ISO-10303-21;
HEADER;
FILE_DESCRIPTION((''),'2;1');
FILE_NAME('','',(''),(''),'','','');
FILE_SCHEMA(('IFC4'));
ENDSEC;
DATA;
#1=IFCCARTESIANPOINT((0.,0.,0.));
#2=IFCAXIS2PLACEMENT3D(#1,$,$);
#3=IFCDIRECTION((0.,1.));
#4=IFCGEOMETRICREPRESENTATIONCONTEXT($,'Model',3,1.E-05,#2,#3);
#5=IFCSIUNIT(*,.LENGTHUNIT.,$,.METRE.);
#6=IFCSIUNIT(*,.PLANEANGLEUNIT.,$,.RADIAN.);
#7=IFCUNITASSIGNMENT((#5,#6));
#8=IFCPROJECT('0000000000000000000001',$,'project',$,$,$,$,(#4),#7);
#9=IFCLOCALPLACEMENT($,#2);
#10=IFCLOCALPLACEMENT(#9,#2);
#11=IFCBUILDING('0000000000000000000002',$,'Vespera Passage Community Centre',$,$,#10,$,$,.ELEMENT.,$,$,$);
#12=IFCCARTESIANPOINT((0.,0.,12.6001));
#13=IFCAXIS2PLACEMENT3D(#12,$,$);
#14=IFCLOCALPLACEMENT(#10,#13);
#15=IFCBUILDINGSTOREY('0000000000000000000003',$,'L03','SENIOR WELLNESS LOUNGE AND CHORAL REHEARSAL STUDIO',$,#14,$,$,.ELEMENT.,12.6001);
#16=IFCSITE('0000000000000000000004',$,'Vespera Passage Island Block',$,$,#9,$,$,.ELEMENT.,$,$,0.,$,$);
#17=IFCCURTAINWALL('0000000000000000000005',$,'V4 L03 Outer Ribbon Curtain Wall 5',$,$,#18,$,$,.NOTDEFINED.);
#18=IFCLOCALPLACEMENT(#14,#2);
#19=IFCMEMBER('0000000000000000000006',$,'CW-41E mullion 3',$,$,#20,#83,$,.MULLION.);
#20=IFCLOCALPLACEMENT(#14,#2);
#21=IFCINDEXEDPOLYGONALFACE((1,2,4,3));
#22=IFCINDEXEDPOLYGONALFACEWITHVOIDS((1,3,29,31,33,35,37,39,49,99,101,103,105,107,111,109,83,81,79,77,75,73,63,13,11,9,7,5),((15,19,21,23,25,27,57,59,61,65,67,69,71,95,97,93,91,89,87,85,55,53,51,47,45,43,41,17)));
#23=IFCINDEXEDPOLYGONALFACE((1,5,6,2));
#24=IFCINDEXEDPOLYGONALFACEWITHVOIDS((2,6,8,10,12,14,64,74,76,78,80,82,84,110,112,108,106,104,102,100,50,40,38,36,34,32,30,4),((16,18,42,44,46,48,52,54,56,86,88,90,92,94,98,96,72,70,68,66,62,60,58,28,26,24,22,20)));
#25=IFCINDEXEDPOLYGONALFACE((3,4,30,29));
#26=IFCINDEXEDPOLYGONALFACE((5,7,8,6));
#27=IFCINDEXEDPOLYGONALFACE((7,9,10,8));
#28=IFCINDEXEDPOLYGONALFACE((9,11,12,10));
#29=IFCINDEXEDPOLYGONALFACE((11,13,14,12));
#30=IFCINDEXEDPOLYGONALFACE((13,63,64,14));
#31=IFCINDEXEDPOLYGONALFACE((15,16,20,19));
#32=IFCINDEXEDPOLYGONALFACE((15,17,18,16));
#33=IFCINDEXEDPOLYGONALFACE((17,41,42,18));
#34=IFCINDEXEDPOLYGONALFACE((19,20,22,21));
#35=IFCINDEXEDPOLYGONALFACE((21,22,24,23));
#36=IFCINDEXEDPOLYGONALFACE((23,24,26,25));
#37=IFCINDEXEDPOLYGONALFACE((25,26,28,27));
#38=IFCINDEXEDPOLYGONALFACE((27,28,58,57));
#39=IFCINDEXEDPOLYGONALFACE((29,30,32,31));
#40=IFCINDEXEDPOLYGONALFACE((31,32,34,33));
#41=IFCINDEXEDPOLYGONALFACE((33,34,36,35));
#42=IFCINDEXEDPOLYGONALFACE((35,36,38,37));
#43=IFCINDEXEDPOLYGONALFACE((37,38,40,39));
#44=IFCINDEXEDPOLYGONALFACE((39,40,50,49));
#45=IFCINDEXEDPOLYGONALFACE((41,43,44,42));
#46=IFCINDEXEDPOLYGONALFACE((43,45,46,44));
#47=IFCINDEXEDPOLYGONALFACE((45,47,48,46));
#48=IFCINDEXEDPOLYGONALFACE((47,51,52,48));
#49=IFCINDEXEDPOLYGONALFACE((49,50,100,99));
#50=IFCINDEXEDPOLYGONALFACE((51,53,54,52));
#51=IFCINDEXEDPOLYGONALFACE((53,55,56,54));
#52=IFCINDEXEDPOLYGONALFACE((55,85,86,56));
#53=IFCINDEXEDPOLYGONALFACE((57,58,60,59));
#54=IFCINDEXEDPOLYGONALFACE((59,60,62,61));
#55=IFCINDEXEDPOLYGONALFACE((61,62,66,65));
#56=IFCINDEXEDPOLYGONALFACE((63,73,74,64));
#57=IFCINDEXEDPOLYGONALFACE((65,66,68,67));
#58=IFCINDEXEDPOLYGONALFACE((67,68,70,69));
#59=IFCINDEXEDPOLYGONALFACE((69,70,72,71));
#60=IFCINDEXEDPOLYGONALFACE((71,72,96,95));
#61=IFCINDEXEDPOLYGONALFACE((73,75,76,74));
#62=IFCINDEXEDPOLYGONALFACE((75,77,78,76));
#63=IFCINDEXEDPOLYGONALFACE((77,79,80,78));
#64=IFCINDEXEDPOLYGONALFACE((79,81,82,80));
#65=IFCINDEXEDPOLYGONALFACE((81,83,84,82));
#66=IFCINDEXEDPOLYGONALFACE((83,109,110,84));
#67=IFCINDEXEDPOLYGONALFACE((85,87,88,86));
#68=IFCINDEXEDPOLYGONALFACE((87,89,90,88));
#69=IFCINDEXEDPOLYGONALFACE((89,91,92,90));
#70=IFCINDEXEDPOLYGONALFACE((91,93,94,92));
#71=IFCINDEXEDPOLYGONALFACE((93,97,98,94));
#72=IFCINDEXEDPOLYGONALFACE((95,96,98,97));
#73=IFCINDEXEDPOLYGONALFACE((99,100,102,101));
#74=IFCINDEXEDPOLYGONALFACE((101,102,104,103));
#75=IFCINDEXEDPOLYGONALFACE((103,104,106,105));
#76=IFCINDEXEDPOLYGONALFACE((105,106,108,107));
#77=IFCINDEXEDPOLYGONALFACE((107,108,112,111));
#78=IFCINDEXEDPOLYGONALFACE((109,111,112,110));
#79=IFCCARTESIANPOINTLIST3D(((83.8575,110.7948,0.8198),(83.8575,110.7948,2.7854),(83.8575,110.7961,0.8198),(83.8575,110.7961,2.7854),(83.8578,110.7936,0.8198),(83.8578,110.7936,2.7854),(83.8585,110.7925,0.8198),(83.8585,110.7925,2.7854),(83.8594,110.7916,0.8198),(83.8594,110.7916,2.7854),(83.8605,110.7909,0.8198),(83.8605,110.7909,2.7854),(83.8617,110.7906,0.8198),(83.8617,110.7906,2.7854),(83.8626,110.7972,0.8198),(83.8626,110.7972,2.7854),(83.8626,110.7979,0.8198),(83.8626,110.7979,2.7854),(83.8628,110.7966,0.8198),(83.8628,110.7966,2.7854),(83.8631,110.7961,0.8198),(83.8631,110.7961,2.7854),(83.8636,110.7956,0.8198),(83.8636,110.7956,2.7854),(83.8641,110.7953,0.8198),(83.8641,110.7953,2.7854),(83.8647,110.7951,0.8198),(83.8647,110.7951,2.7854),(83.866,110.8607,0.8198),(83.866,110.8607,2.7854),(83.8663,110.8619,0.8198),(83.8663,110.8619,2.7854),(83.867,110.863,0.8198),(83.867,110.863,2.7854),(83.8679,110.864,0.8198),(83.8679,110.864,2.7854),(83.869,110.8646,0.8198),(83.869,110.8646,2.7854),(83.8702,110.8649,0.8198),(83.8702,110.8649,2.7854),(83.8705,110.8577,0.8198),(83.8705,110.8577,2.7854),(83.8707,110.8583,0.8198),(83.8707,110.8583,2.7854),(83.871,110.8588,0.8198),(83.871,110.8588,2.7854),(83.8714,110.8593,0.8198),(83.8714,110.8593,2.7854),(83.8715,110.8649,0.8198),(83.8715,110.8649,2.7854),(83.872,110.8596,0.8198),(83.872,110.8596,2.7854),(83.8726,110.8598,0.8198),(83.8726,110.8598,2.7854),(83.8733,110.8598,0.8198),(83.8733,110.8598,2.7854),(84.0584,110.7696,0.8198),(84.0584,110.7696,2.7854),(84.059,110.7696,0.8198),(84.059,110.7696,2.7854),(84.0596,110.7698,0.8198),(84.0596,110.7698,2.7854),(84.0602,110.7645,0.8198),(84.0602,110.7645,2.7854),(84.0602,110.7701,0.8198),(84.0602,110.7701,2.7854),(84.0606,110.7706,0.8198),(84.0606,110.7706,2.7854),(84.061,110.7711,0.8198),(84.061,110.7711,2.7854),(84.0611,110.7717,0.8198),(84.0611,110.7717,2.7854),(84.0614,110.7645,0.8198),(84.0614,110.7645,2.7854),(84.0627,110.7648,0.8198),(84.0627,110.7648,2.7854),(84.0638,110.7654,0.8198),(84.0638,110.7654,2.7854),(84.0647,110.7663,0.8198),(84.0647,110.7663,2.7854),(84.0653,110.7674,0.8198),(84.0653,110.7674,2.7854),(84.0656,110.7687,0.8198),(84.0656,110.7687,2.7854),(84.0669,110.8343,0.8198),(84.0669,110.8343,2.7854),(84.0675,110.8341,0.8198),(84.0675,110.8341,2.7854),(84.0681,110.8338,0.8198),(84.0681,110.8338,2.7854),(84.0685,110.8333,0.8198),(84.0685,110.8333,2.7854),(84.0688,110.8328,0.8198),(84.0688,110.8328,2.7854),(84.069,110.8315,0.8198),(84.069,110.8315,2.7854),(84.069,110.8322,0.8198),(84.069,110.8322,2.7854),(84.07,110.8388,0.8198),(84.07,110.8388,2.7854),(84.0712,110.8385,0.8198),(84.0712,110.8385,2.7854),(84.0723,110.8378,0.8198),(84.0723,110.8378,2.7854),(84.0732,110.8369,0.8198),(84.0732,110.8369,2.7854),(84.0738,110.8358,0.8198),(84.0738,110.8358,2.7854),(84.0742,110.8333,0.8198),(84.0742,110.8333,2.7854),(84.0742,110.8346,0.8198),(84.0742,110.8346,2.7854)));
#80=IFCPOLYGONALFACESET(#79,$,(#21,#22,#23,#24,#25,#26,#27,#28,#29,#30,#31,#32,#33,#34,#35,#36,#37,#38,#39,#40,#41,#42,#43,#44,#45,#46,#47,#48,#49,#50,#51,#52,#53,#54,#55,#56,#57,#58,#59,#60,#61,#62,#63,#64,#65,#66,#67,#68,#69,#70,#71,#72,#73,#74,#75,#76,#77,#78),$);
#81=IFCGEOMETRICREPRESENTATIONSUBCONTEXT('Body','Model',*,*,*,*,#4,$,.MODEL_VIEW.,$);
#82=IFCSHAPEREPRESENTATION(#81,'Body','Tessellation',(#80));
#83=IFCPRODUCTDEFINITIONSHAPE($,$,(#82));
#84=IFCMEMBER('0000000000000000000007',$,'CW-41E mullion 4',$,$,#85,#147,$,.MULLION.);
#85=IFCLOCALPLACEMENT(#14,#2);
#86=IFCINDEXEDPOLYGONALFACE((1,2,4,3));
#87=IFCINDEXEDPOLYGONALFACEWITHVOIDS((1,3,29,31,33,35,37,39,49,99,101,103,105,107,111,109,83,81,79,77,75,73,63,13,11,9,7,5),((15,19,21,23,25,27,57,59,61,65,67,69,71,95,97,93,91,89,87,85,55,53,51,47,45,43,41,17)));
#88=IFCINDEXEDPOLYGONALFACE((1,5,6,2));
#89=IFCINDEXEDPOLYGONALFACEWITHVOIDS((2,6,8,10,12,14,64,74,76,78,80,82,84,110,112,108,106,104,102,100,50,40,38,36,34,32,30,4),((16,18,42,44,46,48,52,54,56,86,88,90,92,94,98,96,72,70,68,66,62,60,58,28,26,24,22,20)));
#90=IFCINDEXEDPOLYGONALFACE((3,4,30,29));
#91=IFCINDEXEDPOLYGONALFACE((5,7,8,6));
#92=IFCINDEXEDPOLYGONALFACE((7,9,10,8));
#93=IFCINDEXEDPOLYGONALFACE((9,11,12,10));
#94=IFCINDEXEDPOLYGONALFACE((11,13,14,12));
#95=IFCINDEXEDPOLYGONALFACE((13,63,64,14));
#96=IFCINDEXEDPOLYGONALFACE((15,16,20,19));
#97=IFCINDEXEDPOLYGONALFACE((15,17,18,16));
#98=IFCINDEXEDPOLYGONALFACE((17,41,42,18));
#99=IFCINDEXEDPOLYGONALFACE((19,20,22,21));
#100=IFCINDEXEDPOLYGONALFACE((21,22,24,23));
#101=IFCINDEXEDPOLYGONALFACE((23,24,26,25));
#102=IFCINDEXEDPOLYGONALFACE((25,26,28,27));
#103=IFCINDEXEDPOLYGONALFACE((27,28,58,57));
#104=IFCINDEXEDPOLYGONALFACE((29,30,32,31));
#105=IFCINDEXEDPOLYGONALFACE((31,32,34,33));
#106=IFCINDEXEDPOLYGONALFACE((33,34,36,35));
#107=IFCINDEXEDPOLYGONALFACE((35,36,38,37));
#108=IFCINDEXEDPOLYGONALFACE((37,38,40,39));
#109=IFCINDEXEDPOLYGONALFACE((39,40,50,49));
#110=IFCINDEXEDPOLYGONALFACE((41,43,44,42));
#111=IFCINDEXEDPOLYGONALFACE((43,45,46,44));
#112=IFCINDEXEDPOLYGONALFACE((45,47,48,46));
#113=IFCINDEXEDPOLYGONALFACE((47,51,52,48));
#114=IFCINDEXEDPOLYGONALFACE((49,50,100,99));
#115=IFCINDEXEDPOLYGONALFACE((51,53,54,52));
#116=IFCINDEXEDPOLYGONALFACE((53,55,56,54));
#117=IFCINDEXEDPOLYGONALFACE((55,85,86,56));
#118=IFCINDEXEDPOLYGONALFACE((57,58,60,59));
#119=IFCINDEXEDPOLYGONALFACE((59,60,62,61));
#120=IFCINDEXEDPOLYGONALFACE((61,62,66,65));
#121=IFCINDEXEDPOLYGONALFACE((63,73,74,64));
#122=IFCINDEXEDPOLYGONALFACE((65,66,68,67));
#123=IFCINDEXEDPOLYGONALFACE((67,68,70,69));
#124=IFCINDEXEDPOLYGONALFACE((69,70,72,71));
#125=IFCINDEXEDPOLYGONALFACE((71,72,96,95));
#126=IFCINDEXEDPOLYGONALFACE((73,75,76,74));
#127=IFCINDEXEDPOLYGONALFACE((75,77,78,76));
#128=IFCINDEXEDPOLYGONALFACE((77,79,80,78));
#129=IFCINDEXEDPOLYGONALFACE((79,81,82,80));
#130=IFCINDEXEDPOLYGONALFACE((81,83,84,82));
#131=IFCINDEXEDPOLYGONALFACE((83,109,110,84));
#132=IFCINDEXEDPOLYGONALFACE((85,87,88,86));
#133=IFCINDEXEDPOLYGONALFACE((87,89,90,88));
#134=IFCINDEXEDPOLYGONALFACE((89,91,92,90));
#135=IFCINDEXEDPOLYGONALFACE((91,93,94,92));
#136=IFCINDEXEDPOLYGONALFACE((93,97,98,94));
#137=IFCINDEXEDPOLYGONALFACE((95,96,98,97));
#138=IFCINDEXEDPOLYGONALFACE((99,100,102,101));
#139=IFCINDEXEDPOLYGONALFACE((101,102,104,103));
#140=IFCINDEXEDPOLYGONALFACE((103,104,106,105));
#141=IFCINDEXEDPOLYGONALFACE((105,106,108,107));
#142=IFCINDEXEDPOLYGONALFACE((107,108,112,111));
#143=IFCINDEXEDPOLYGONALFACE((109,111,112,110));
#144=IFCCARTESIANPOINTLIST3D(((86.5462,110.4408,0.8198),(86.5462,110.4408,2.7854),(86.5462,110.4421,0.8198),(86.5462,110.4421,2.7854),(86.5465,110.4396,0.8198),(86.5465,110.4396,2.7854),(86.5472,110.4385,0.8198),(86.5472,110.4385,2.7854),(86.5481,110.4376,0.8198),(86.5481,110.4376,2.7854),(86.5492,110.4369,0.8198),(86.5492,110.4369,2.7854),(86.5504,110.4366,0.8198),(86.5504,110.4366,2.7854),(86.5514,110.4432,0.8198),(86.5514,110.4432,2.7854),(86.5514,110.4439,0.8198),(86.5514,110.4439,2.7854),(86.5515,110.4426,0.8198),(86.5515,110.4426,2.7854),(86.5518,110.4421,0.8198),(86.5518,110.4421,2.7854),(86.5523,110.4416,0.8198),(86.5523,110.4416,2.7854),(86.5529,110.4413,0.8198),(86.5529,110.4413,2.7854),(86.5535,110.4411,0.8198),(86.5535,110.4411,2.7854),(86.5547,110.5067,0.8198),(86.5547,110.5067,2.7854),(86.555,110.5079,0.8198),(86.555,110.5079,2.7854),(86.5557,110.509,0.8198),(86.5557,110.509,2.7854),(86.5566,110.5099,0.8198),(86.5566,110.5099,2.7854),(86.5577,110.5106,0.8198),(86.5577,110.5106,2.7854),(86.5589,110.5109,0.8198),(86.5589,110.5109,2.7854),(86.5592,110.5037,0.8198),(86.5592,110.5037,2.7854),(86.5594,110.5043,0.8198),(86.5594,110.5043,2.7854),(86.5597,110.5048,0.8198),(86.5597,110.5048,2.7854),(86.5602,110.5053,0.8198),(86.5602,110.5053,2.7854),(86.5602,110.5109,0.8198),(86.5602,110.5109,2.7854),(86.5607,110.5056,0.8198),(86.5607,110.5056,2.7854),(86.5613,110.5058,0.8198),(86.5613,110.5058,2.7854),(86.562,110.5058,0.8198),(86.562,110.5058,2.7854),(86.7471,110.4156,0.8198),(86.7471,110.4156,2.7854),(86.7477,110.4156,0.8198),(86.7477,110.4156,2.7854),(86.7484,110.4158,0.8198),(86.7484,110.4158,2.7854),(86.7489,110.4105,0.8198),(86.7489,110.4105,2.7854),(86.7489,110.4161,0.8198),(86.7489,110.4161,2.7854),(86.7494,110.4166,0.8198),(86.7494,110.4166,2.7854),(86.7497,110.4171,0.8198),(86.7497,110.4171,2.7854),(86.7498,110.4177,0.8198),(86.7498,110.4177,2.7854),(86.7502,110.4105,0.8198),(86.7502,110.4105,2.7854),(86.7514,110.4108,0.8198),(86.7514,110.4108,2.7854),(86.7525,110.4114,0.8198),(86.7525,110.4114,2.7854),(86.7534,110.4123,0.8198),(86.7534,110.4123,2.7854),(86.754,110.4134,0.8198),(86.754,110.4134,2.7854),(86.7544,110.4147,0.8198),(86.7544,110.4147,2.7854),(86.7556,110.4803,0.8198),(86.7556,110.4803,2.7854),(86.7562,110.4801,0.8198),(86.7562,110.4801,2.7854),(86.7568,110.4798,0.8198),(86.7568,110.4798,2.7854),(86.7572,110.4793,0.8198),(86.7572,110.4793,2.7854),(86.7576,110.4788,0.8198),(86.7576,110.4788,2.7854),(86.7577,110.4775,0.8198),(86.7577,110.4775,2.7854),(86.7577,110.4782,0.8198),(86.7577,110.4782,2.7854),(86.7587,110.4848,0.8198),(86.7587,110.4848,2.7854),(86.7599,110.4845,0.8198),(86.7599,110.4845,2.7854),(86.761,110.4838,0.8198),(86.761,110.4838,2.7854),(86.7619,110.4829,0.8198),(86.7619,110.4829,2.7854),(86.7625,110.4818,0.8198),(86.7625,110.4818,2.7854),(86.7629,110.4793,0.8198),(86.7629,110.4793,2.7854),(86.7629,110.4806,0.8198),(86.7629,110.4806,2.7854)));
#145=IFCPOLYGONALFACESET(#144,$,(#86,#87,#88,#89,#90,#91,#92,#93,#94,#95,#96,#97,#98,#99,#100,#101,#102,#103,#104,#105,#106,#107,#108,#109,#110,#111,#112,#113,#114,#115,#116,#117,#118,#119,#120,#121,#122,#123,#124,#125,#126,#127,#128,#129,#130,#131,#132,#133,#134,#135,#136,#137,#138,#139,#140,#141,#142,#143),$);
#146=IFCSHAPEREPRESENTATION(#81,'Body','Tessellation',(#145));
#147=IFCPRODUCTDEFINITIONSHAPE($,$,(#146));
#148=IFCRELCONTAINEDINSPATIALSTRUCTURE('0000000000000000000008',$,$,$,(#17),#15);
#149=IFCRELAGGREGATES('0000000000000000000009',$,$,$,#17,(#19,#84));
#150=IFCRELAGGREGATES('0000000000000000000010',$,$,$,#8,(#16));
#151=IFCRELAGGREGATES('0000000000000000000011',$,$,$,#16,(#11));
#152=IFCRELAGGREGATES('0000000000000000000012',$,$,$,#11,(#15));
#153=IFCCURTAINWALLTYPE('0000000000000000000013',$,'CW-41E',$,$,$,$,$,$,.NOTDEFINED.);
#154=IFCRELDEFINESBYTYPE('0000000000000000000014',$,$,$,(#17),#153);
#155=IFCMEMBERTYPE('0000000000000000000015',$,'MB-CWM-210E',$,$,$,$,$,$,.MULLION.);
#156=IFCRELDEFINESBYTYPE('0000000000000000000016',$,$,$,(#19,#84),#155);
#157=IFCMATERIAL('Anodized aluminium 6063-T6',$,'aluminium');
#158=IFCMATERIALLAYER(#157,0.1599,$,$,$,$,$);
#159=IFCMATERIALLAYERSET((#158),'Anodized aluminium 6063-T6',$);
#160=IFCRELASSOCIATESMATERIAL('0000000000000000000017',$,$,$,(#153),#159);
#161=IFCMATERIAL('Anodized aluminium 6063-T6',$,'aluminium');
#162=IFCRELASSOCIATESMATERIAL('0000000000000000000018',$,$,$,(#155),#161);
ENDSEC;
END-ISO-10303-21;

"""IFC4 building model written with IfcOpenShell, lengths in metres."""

from ifc_helpers import new_model, si_unit, direction, frame, origin, origin_2d, place, context, subcontext, project, spatial, hollow_rectangle, extrude, material, layer, layer_set, material_profile, profile_set, type_object, element, aggregate, save


model = new_model("IFC4")

# Units and contexts
model_context = context("Model", 3, precision=1e-05, world=origin(), true_north=direction((0.0, 1.0)))
body_context = subcontext(model_context, "Body", "Model", "MODEL_VIEW")
ifc_project = project(units=[si_unit("LENGTHUNIT", "METRE"), si_unit("PLANEANGLEUNIT", "RADIAN")], contexts=[model_context])

# Site, building, storey
site_placement = place(None, origin())
site = spatial("IfcSite", under=ifc_project, at=site_placement, Name="Vespera Passage Island Block", CompositionType="ELEMENT", RefElevation=0.0)
building_placement = place(site_placement, origin())
building = spatial("IfcBuilding", under=site, at=building_placement, Name="Vespera Passage Community Centre", CompositionType="ELEMENT")
storey_placement = place(building_placement, frame((0.0, 0.0, 12.6001)))
storey = spatial("IfcBuildingStorey", under=building, at=storey_placement, Name="L03", Description="SENIOR WELLNESS LOUNGE AND CHORAL REHEARSAL STUDIO", CompositionType="ELEMENT", Elevation=12.6001)

# Curtain wall, members
ifc_material_1 = material(Name="Anodized aluminium 6063-T6", Category="aluminium")
ifc_layer_1 = layer(ifc_material_1, 0.1599)
ifc_layer_set_1 = layer_set([ifc_layer_1], Name="Anodized aluminium 6063-T6")
curtain_wall_type = type_object("IfcCurtainWallType", Name="CW-41E", PredefinedType="NOTDEFINED", material=ifc_layer_set_1)
curtain_wall_placement = place(storey_placement, origin())
curtain_wall = element("IfcCurtainWall", 1, at=curtain_wall_placement, inside=storey, type_object=curtain_wall_type, Name="V4 L03 Outer Ribbon Curtain Wall 5", PredefinedType="NOTDEFINED")
ifc_material_2 = material(Name="Anodized aluminium 6063-T6", Category="aluminium")
ifc_material_profile_1 = material_profile(ifc_material_2, hollow_rectangle(XDim=0.075, YDim=0.21, WallThickness=0.0049, InnerFilletRadius=0.0024, OuterFilletRadius=0.0049, at=origin_2d()), Name="ALU210X75X5")
ifc_profile_set_1 = profile_set([ifc_material_profile_1], Name="Anodized aluminium 6063-T6")
member_type_1 = type_object("IfcMemberType", Name="MB-CWM-210E", PredefinedType="MULLION", material=ifc_profile_set_1)
member_1_placement = place(storey_placement, frame((83.9658, 110.8147, 0.8198), z_axis=(0.0, 0.0, 1.0), x_axis=(0.130531, 0.991444, 0.0)))
member_1 = element("IfcMember", 2, at=member_1_placement, type_object=member_type_1, Name="CW-41E mullion 3", PredefinedType="MULLION", context=body_context, shape_type="SweptSolid", body=[
    extrude(hollow_rectangle(XDim=0.075, YDim=0.21, WallThickness=0.0049, InnerFilletRadius=0.0024, OuterFilletRadius=0.0049, at=origin_2d()), origin(), (0.0, 0.0, 1.0), 1.9656),
])
member_2_placement = place(storey_placement, frame((86.6545, 110.4607, 0.8198), z_axis=(0.0, 0.0, 1.0), x_axis=(0.130531, 0.991444, 0.0)))
member_2 = element("IfcMember", 3, at=member_2_placement, type_object=member_type_1, Name="CW-41E mullion 4", PredefinedType="MULLION", context=body_context, shape_type="SweptSolid", body=[
    extrude(hollow_rectangle(XDim=0.075, YDim=0.21, WallThickness=0.0049, InnerFilletRadius=0.0024, OuterFilletRadius=0.0049, at=origin_2d()), origin(), (0.0, 0.0, 1.0), 1.9656),
])
aggregate(curtain_wall, [member_1, member_2])

save(model, "model.ifc")
